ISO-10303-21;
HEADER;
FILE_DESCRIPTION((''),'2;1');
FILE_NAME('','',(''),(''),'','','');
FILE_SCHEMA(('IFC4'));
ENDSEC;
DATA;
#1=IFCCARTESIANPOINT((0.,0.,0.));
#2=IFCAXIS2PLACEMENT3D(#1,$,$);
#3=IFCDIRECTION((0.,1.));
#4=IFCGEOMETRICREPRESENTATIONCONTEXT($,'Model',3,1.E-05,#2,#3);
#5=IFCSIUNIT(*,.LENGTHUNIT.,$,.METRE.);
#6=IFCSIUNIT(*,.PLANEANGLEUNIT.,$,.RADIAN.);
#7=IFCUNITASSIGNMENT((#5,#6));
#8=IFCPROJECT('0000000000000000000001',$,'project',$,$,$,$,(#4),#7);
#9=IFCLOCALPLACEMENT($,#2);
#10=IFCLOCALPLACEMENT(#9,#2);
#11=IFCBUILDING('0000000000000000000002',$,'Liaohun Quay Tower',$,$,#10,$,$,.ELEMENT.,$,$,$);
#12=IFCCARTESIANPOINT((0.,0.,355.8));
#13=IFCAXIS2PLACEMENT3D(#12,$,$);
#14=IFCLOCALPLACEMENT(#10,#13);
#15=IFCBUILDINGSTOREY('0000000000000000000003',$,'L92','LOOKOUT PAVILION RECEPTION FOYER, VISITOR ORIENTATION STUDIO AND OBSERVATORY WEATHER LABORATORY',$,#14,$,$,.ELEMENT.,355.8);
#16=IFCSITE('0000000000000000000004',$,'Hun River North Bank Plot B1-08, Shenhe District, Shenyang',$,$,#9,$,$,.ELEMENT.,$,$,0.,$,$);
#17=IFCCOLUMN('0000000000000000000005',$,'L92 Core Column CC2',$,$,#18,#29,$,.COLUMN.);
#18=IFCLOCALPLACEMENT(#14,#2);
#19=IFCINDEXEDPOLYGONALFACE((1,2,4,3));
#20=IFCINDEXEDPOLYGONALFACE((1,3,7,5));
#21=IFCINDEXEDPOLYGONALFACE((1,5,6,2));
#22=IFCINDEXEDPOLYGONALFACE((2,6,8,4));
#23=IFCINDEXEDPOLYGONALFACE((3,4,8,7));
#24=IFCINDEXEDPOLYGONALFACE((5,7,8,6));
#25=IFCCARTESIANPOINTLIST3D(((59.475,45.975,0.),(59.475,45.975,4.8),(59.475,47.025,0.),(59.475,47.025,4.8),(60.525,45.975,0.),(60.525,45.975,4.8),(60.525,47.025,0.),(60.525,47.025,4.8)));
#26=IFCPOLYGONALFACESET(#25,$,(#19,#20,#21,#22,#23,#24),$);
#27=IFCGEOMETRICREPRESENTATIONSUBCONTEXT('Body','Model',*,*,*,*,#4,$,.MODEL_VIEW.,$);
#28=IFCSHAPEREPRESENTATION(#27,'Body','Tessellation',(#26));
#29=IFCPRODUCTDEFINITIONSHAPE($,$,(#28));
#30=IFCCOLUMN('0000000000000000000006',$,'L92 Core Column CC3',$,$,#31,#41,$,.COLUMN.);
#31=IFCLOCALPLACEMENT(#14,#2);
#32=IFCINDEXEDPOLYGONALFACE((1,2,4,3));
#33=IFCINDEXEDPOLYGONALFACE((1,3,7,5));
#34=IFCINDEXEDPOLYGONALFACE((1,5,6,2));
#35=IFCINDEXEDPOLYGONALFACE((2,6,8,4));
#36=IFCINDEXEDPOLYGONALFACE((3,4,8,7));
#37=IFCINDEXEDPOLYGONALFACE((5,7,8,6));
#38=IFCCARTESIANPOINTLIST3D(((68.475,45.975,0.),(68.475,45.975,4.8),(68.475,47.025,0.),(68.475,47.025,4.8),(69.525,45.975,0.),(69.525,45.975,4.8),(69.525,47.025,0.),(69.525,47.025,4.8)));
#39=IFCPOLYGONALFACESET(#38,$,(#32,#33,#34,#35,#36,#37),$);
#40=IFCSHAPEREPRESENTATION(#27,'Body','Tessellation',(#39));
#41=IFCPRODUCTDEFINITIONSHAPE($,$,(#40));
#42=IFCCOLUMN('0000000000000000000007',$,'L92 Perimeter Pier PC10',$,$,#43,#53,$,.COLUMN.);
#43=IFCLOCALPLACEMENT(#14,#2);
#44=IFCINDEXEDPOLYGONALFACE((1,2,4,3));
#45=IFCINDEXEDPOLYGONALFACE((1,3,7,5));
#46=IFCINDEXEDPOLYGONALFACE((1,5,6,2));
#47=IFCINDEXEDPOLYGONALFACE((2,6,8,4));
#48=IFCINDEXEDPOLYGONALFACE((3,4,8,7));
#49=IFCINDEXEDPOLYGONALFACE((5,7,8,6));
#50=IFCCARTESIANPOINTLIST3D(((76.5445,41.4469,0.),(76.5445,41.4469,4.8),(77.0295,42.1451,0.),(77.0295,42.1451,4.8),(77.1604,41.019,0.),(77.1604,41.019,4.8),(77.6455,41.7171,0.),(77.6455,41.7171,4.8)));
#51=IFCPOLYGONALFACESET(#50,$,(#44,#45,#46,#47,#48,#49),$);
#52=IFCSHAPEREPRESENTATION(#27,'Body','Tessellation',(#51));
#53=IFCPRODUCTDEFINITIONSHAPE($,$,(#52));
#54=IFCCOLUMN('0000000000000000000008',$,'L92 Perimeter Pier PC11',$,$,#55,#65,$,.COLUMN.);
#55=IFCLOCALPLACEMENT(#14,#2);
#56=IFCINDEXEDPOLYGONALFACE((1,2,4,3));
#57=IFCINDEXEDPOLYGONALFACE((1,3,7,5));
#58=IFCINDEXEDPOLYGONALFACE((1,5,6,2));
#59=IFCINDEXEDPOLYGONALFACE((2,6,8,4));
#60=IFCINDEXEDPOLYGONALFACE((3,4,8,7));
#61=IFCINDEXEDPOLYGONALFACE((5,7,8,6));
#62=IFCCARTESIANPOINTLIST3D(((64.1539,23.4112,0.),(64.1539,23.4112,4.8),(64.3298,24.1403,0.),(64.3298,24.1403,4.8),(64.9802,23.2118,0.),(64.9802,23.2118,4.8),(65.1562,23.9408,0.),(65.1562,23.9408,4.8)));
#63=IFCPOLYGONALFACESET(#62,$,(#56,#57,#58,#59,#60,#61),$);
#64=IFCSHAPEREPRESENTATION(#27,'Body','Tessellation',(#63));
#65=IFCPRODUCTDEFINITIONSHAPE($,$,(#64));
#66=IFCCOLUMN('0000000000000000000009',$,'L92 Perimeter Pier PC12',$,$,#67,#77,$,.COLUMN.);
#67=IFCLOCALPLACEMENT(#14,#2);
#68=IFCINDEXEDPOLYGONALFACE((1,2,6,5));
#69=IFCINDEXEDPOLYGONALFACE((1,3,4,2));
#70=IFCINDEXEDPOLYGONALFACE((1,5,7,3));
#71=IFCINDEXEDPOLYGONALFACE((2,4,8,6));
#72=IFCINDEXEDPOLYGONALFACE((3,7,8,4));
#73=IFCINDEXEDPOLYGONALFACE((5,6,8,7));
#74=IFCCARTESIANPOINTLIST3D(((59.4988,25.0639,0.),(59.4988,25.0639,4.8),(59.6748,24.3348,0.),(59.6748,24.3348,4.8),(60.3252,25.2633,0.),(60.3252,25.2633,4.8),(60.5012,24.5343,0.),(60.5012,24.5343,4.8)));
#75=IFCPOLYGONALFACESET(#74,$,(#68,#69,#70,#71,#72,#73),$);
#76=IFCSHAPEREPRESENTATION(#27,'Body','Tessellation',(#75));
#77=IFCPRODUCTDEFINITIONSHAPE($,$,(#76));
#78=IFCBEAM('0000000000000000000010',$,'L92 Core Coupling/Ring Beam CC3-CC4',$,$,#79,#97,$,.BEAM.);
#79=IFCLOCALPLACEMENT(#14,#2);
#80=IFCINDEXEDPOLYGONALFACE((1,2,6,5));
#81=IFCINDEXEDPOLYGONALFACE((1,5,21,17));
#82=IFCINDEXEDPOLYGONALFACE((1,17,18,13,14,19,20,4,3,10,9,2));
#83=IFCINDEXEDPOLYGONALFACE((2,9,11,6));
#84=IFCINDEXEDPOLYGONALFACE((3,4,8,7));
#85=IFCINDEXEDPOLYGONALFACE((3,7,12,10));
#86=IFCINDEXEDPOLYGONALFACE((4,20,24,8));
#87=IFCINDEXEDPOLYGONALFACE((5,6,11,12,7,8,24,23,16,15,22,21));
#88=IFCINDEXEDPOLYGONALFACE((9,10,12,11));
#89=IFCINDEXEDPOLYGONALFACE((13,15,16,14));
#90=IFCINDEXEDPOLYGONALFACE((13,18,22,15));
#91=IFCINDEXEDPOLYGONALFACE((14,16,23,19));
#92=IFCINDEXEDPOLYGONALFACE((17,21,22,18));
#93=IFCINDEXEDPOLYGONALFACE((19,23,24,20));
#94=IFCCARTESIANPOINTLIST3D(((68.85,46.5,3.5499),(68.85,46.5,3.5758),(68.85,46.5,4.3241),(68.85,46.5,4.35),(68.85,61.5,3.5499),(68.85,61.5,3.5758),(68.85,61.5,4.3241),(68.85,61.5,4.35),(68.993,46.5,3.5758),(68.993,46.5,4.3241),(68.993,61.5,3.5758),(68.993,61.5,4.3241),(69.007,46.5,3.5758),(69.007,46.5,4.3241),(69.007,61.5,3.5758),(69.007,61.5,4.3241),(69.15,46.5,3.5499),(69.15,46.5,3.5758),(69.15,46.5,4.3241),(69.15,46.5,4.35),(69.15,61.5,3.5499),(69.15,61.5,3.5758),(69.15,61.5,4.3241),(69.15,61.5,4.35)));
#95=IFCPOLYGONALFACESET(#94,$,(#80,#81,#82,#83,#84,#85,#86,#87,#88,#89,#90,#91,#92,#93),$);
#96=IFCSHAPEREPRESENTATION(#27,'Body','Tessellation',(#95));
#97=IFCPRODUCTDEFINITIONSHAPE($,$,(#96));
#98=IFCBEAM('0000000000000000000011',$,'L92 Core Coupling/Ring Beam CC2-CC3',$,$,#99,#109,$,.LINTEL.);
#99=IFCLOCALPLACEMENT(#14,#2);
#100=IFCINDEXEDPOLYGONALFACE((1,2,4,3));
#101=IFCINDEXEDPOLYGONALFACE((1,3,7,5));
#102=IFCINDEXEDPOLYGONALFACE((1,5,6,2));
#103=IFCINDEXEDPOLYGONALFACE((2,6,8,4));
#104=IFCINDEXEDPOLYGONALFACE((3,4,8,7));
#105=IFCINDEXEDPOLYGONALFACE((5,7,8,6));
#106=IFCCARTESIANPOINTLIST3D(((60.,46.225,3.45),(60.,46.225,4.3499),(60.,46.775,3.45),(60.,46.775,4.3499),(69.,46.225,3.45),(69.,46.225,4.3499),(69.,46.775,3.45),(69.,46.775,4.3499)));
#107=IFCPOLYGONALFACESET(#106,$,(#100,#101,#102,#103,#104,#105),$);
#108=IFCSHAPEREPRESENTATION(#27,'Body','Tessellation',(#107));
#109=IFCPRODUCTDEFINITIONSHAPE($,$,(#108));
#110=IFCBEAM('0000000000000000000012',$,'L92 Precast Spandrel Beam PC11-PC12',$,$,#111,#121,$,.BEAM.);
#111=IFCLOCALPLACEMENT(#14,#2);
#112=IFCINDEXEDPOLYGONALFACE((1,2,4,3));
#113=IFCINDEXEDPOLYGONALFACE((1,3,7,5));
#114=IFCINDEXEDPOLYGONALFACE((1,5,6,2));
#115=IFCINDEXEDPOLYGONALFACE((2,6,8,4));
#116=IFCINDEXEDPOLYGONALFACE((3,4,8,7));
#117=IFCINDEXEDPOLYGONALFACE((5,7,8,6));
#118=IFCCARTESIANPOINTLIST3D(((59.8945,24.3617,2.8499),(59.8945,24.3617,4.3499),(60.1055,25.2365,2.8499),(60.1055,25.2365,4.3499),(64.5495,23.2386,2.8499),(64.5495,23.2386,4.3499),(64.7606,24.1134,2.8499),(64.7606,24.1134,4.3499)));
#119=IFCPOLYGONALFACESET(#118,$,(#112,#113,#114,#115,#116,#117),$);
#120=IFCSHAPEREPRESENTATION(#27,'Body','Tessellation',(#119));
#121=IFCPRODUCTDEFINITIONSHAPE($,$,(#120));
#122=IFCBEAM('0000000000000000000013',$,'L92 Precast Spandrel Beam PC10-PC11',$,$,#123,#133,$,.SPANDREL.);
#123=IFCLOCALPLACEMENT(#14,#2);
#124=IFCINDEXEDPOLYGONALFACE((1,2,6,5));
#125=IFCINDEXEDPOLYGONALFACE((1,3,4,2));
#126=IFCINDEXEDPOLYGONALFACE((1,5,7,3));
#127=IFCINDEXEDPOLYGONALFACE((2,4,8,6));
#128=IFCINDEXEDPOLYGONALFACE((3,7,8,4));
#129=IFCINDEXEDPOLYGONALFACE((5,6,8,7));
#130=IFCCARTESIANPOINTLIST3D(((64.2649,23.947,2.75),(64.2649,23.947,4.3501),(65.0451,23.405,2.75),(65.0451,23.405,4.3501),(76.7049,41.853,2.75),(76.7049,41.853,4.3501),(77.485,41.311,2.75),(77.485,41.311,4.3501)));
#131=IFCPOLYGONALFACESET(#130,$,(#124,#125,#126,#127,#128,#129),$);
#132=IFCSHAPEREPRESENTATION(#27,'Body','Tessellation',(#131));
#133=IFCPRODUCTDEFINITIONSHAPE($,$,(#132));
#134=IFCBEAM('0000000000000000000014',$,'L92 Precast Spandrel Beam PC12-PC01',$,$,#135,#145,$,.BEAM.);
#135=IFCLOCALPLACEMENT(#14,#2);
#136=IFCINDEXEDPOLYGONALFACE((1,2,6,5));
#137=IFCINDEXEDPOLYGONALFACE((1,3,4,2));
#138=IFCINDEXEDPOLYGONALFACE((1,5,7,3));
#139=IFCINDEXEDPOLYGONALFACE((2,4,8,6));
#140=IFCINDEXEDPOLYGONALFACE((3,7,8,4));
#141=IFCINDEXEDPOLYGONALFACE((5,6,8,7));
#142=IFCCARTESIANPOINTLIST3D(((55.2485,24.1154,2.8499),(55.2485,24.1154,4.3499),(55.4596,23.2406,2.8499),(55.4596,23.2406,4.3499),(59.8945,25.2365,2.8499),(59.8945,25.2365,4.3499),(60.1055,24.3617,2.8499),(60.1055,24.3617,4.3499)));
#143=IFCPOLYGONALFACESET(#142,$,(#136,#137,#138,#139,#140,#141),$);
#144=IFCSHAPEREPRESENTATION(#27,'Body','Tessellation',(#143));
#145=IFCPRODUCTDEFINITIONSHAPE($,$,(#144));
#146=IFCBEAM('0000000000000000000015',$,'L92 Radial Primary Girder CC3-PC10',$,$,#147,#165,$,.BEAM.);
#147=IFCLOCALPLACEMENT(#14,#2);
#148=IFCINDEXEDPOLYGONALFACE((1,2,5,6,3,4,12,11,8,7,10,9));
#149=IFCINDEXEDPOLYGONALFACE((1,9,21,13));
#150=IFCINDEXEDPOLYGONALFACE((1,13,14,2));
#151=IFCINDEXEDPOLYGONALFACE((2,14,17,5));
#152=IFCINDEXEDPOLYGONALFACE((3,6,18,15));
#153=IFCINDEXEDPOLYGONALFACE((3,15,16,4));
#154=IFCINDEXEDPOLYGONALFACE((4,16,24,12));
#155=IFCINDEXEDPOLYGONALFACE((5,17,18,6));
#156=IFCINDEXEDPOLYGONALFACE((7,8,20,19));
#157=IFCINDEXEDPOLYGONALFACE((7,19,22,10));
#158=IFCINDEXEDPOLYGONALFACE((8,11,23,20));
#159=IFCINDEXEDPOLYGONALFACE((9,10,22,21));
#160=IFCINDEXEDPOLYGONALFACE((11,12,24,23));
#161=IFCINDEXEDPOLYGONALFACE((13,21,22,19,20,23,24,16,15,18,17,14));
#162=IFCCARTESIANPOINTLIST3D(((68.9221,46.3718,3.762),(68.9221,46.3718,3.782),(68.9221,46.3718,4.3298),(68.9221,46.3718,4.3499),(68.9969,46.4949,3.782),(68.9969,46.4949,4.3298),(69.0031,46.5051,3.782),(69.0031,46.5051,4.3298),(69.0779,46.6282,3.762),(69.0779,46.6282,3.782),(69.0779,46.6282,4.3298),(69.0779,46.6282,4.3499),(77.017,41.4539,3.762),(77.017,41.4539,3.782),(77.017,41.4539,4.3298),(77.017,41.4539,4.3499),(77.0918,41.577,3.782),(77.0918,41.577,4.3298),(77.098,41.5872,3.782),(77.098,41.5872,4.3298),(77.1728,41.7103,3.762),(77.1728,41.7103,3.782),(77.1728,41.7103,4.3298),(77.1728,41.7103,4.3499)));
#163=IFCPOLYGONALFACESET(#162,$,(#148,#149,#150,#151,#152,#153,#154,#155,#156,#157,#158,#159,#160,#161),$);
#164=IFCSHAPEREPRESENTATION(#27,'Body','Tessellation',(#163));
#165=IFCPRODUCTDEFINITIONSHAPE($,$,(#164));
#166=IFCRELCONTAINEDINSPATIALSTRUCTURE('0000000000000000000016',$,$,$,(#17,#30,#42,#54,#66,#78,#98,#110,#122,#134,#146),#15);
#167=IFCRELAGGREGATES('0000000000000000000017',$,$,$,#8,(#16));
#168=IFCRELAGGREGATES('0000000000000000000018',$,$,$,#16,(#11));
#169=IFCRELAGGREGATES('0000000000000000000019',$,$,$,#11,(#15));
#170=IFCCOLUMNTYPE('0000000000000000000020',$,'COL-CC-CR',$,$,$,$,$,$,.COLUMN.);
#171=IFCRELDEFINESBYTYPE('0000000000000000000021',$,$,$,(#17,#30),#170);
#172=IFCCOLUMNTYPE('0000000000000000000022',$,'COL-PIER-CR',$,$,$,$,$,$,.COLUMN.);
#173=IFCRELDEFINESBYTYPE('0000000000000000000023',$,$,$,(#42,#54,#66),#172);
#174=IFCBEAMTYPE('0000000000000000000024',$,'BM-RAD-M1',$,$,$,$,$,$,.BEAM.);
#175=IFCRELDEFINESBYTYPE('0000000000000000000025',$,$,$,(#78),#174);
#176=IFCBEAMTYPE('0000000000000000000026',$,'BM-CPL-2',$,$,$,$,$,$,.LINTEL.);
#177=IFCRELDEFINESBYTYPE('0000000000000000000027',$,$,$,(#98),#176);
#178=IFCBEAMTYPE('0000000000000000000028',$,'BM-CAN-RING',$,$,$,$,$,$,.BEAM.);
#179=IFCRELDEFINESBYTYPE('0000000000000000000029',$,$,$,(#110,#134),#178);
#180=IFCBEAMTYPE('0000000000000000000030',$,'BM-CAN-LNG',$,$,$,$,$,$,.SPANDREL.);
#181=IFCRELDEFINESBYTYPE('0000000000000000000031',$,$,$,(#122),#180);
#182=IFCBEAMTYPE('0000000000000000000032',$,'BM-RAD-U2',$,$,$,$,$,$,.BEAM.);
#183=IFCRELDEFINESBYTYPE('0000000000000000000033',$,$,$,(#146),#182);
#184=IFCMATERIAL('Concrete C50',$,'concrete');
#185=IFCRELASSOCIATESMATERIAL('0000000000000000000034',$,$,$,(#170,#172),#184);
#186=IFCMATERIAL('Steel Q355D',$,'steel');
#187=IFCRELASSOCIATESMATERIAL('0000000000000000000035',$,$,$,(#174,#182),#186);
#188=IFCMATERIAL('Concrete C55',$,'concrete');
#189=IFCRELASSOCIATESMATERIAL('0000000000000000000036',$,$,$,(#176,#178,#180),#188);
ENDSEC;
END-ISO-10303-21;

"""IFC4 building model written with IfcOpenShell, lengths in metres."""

from ifc_helpers import new_model, si_unit, direction, frame, origin, origin_2d, place, context, subcontext, project, spatial, rectangle, i_section, extrude, source, transform, mapped, material, material_profile, profile_set, type_object, element, save


model = new_model("IFC4")

# Units and contexts
model_context = context("Model", 3, precision=1e-05, world=origin(), true_north=direction((0.0, 1.0)))
body_context = subcontext(model_context, "Body", "Model", "MODEL_VIEW")
ifc_project = project(units=[si_unit("LENGTHUNIT", "METRE"), si_unit("PLANEANGLEUNIT", "RADIAN")], contexts=[model_context])

# Site, building, storey
site_placement = place(None, origin())
site = spatial("IfcSite", under=ifc_project, at=site_placement, Name="Hun River North Bank Plot B1-08, Shenhe District, Shenyang", CompositionType="ELEMENT", RefElevation=0.0)
building_placement = place(site_placement, origin())
building = spatial("IfcBuilding", under=site, at=building_placement, Name="Liaohun Quay Tower", CompositionType="ELEMENT")
storey_placement = place(building_placement, frame((0.0, 0.0, 355.8)))
storey = spatial("IfcBuildingStorey", under=building, at=storey_placement, Name="L92", Description="LOOKOUT PAVILION RECEPTION FOYER, VISITOR ORIENTATION STUDIO AND OBSERVATORY WEATHER LABORATORY", CompositionType="ELEMENT", Elevation=355.8)

# Columns
ifc_material_1 = material(Name="Concrete C50", Category="concrete")
ifc_material_profile_1 = material_profile(ifc_material_1, rectangle(XDim=1.05, YDim=1.05, at=origin_2d()), Name="RC1050x1050")
ifc_profile_set_1 = profile_set([ifc_material_profile_1], Name="Concrete C50")
column_type_1 = type_object("IfcColumnType", Name="COL-CC-CR", PredefinedType="COLUMN", material=ifc_profile_set_1)
shared_shape_1 = source(origin(), body_context, "Body", "SweptSolid", [
    extrude(rectangle(XDim=1.05, YDim=1.05, at=origin_2d()), origin(), (0.0, 0.0, 1.0), 4.8),
])
for number, where, z_axis, x_axis, name in (
    (1, (60.0, 46.5, 0.0), (0.0, 0.0, 1.0), (1.0, 0.0, 0.0), "L92 Core Column CC2"),
    (2, (69.0, 46.5, 0.0), (0.0, 0.0, 1.0), (1.0, 0.0, 0.0), "L92 Core Column CC3"),
):
    element("IfcColumn", number, at=place(storey_placement, frame(where, z_axis=z_axis, x_axis=x_axis)), inside=storey, type_object=column_type_1, Name=name, PredefinedType="COLUMN", context=body_context, shape_type="MappedRepresentation", body=[
        mapped(shared_shape_1, transform((0.0, 0.0, 0.0), x_axis=(1.0, 0.0, 0.0), y_axis=(0.0, 1.0, 0.0), z_axis=(0.0, 0.0, 1.0), scale=1.0)),
    ])
ifc_material_profile_2 = material_profile(ifc_material_1, rectangle(XDim=0.8501, YDim=0.75, at=origin_2d()), Name="RC850x750")
ifc_profile_set_2 = profile_set([ifc_material_profile_2], Name="Concrete C50")
column_type_2 = type_object("IfcColumnType", Name="COL-PIER-CR", PredefinedType="COLUMN", material=ifc_profile_set_2)
shared_shape_2 = source(origin(), body_context, "Body", "SweptSolid", [
    extrude(rectangle(XDim=0.8501, YDim=0.75, at=origin_2d()), origin(), (0.0, 0.0, 1.0), 4.8),
])
for number, where, z_axis, x_axis, name in (
    (3, (77.095, 41.582, 0.0), (0.0, 0.0, 1.0), (0.57057, 0.821249, 0.0), "L92 Perimeter Pier PC10"),
    (4, (64.655, 23.676, 0.0), (0.0, 0.0, 1.0), (-0.972084, 0.234633, 0.0), "L92 Perimeter Pier PC11"),
    (5, (60.0, 24.7991, 0.0), (0.0, 0.0, 1.0), (0.972084, 0.234633, 0.0), "L92 Perimeter Pier PC12"),
):
    element("IfcColumn", number, at=place(storey_placement, frame(where, z_axis=z_axis, x_axis=x_axis)), inside=storey, type_object=column_type_2, Name=name, PredefinedType="COLUMN", context=body_context, shape_type="MappedRepresentation", body=[
        mapped(shared_shape_2, transform((0.0, 0.0, 0.0), x_axis=(1.0, 0.0, 0.0), y_axis=(0.0, 1.0, 0.0), z_axis=(0.0, 0.0, 1.0), scale=1.0)),
    ])

# Beams
ifc_material_2 = material(Name="Steel Q355D", Category="steel")
ifc_material_profile_3 = material_profile(ifc_material_2, i_section(OverallWidth=0.3, OverallDepth=0.8, WebThickness=0.0139, FlangeThickness=0.0259, at=origin_2d()), Name="HN800x300x14x26")
ifc_profile_set_3 = profile_set([ifc_material_profile_3], Name="Steel Q355D")
beam_type_1 = type_object("IfcBeamType", Name="BM-RAD-M1", PredefinedType="BEAM", material=ifc_profile_set_3)
shared_shape_3 = source(origin(), body_context, "Body", "SweptSolid", [
    extrude(i_section(OverallWidth=0.3, OverallDepth=0.8, WebThickness=0.0139, FlangeThickness=0.0259, at=origin_2d()), origin(), (0.0, 0.0, 1.0), 15.0),
])
beam_1_placement = place(storey_placement, frame((69.0, 46.5, 3.95), z_axis=(0.0, 1.0, 0.0), x_axis=(-1.0, 0.0, 0.0)))
element("IfcBeam", 6, at=beam_1_placement, inside=storey, type_object=beam_type_1, Name="L92 Core Coupling/Ring Beam CC3-CC4", PredefinedType="BEAM", context=body_context, shape_type="MappedRepresentation", body=[
    mapped(shared_shape_3, transform((0.0, 0.0, 0.0), x_axis=(1.0, 0.0, 0.0), y_axis=(0.0, 1.0, 0.0), z_axis=(0.0, 0.0, 1.0), scale=1.0)),
])
ifc_material_3 = material(Name="Concrete C55", Category="concrete")
ifc_material_profile_4 = material_profile(ifc_material_3, rectangle(XDim=0.55, YDim=0.8999, at=origin_2d()), Name="RC550x900")
ifc_profile_set_4 = profile_set([ifc_material_profile_4], Name="Concrete C55")
beam_type_2 = type_object("IfcBeamType", Name="BM-CPL-2", PredefinedType="LINTEL", material=ifc_profile_set_4)
shared_shape_4 = source(origin(), body_context, "Body", "SweptSolid", [
    extrude(rectangle(XDim=0.55, YDim=0.8999, at=origin_2d()), origin(), (0.0, 0.0, 1.0), 9.0),
])
beam_2_placement = place(storey_placement, frame((60.0, 46.5, 3.8999), z_axis=(1.0, 0.0, 0.0), x_axis=(0.0, 1.0, 0.0)))
element("IfcBeam", 7, at=beam_2_placement, inside=storey, type_object=beam_type_2, Name="L92 Core Coupling/Ring Beam CC2-CC3", PredefinedType="LINTEL", context=body_context, shape_type="MappedRepresentation", body=[
    mapped(shared_shape_4, transform((0.0, 0.0, 0.0), x_axis=(1.0, 0.0, 0.0), y_axis=(0.0, 1.0, 0.0), z_axis=(0.0, 0.0, 1.0), scale=1.0)),
])
ifc_material_profile_5 = material_profile(ifc_material_3, rectangle(XDim=0.8999, YDim=1.5, at=origin_2d()), Name="RC900x1500")
ifc_profile_set_5 = profile_set([ifc_material_profile_5], Name="Concrete C55")
beam_type_3 = type_object("IfcBeamType", Name="BM-CAN-RING", PredefinedType="BEAM", material=ifc_profile_set_5)
shared_shape_5 = source(origin(), body_context, "Body", "SweptSolid", [
    extrude(rectangle(XDim=0.8999, YDim=1.5, at=origin_2d()), origin(), (0.0, 0.0, 1.0), 4.7886),
])
beam_3_placement = place(storey_placement, frame((64.655, 23.676, 3.5999), z_axis=(-0.97211, 0.234526, 0.0), x_axis=(-0.234526, -0.97211, 0.0)))
element("IfcBeam", 8, at=beam_3_placement, inside=storey, type_object=beam_type_3, Name="L92 Precast Spandrel Beam PC11-PC12", PredefinedType="BEAM", context=body_context, shape_type="MappedRepresentation", body=[
    mapped(shared_shape_5, transform((0.0, 0.0, 0.0), x_axis=(1.0, 0.0, 0.0), y_axis=(0.0, 1.0, 0.0), z_axis=(0.0, 0.0, 1.0), scale=1.0)),
])
ifc_material_profile_6 = material_profile(ifc_material_3, rectangle(XDim=0.95, YDim=1.6001, at=origin_2d()), Name="RC950x1600")
ifc_profile_set_6 = profile_set([ifc_material_profile_6], Name="Concrete C55")
beam_type_4 = type_object("IfcBeamType", Name="BM-CAN-LNG", PredefinedType="SPANDREL", material=ifc_profile_set_6)
shared_shape_6 = source(origin(), body_context, "Body", "SweptSolid", [
    extrude(rectangle(XDim=0.95, YDim=1.6001, at=origin_2d()), origin(), (0.0, 0.0, 1.0), 21.8032),
])
beam_4_placement = place(storey_placement, frame((77.095, 41.582, 3.55), z_axis=(-0.570557, -0.821258, 0.0), x_axis=(0.821258, -0.570557, 0.0)))
element("IfcBeam", 9, at=beam_4_placement, inside=storey, type_object=beam_type_4, Name="L92 Precast Spandrel Beam PC10-PC11", PredefinedType="SPANDREL", context=body_context, shape_type="MappedRepresentation", body=[
    mapped(shared_shape_6, transform((0.0, 0.0, 0.0), x_axis=(1.0, 0.0, 0.0), y_axis=(0.0, 1.0, 0.0), z_axis=(0.0, 0.0, 1.0), scale=1.0)),
])
shared_shape_7 = source(origin(), body_context, "Body", "SweptSolid", [
    extrude(rectangle(XDim=0.8999, YDim=1.5, at=origin_2d()), origin(), (0.0, 0.0, 1.0), 4.7793),
])
beam_5_placement = place(storey_placement, frame((60.0, 24.7991, 3.5999), z_axis=(-0.972099, -0.234571, 0.0), x_axis=(0.234571, -0.972099, 0.0)))
element("IfcBeam", 10, at=beam_5_placement, inside=storey, type_object=beam_type_3, Name="L92 Precast Spandrel Beam PC12-PC01", PredefinedType="BEAM", context=body_context, shape_type="MappedRepresentation", body=[
    mapped(shared_shape_7, transform((0.0, 0.0, 0.0), x_axis=(1.0, 0.0, 0.0), y_axis=(0.0, 1.0, 0.0), z_axis=(0.0, 0.0, 1.0), scale=1.0)),
])
ifc_material_profile_7 = material_profile(ifc_material_2, i_section(OverallWidth=0.3, OverallDepth=0.5879, WebThickness=0.012, FlangeThickness=0.02, at=origin_2d()), Name="HM588x300x12x20")
ifc_profile_set_7 = profile_set([ifc_material_profile_7], Name="Steel Q355D")
beam_type_5 = type_object("IfcBeamType", Name="BM-RAD-U2", PredefinedType="BEAM", material=ifc_profile_set_7)
shared_shape_8 = source(origin(), body_context, "Body", "SweptSolid", [
    extrude(i_section(OverallWidth=0.3, OverallDepth=0.5879, WebThickness=0.012, FlangeThickness=0.02, at=origin_2d()), origin(), (0.0, 0.0, 1.0), 9.4717),
])
beam_6_placement = place(storey_placement, frame((69.0, 46.5, 4.0559), z_axis=(0.854639, -0.519222, 0.0), x_axis=(0.519222, 0.854639, 0.0)))
element("IfcBeam", 11, at=beam_6_placement, inside=storey, type_object=beam_type_5, Name="L92 Radial Primary Girder CC3-PC10", PredefinedType="BEAM", context=body_context, shape_type="MappedRepresentation", body=[
    mapped(shared_shape_8, transform((0.0, 0.0, 0.0), x_axis=(1.0, 0.0, 0.0), y_axis=(0.0, 1.0, 0.0), z_axis=(0.0, 0.0, 1.0), scale=1.0)),
])

save(model, "model.ifc")
